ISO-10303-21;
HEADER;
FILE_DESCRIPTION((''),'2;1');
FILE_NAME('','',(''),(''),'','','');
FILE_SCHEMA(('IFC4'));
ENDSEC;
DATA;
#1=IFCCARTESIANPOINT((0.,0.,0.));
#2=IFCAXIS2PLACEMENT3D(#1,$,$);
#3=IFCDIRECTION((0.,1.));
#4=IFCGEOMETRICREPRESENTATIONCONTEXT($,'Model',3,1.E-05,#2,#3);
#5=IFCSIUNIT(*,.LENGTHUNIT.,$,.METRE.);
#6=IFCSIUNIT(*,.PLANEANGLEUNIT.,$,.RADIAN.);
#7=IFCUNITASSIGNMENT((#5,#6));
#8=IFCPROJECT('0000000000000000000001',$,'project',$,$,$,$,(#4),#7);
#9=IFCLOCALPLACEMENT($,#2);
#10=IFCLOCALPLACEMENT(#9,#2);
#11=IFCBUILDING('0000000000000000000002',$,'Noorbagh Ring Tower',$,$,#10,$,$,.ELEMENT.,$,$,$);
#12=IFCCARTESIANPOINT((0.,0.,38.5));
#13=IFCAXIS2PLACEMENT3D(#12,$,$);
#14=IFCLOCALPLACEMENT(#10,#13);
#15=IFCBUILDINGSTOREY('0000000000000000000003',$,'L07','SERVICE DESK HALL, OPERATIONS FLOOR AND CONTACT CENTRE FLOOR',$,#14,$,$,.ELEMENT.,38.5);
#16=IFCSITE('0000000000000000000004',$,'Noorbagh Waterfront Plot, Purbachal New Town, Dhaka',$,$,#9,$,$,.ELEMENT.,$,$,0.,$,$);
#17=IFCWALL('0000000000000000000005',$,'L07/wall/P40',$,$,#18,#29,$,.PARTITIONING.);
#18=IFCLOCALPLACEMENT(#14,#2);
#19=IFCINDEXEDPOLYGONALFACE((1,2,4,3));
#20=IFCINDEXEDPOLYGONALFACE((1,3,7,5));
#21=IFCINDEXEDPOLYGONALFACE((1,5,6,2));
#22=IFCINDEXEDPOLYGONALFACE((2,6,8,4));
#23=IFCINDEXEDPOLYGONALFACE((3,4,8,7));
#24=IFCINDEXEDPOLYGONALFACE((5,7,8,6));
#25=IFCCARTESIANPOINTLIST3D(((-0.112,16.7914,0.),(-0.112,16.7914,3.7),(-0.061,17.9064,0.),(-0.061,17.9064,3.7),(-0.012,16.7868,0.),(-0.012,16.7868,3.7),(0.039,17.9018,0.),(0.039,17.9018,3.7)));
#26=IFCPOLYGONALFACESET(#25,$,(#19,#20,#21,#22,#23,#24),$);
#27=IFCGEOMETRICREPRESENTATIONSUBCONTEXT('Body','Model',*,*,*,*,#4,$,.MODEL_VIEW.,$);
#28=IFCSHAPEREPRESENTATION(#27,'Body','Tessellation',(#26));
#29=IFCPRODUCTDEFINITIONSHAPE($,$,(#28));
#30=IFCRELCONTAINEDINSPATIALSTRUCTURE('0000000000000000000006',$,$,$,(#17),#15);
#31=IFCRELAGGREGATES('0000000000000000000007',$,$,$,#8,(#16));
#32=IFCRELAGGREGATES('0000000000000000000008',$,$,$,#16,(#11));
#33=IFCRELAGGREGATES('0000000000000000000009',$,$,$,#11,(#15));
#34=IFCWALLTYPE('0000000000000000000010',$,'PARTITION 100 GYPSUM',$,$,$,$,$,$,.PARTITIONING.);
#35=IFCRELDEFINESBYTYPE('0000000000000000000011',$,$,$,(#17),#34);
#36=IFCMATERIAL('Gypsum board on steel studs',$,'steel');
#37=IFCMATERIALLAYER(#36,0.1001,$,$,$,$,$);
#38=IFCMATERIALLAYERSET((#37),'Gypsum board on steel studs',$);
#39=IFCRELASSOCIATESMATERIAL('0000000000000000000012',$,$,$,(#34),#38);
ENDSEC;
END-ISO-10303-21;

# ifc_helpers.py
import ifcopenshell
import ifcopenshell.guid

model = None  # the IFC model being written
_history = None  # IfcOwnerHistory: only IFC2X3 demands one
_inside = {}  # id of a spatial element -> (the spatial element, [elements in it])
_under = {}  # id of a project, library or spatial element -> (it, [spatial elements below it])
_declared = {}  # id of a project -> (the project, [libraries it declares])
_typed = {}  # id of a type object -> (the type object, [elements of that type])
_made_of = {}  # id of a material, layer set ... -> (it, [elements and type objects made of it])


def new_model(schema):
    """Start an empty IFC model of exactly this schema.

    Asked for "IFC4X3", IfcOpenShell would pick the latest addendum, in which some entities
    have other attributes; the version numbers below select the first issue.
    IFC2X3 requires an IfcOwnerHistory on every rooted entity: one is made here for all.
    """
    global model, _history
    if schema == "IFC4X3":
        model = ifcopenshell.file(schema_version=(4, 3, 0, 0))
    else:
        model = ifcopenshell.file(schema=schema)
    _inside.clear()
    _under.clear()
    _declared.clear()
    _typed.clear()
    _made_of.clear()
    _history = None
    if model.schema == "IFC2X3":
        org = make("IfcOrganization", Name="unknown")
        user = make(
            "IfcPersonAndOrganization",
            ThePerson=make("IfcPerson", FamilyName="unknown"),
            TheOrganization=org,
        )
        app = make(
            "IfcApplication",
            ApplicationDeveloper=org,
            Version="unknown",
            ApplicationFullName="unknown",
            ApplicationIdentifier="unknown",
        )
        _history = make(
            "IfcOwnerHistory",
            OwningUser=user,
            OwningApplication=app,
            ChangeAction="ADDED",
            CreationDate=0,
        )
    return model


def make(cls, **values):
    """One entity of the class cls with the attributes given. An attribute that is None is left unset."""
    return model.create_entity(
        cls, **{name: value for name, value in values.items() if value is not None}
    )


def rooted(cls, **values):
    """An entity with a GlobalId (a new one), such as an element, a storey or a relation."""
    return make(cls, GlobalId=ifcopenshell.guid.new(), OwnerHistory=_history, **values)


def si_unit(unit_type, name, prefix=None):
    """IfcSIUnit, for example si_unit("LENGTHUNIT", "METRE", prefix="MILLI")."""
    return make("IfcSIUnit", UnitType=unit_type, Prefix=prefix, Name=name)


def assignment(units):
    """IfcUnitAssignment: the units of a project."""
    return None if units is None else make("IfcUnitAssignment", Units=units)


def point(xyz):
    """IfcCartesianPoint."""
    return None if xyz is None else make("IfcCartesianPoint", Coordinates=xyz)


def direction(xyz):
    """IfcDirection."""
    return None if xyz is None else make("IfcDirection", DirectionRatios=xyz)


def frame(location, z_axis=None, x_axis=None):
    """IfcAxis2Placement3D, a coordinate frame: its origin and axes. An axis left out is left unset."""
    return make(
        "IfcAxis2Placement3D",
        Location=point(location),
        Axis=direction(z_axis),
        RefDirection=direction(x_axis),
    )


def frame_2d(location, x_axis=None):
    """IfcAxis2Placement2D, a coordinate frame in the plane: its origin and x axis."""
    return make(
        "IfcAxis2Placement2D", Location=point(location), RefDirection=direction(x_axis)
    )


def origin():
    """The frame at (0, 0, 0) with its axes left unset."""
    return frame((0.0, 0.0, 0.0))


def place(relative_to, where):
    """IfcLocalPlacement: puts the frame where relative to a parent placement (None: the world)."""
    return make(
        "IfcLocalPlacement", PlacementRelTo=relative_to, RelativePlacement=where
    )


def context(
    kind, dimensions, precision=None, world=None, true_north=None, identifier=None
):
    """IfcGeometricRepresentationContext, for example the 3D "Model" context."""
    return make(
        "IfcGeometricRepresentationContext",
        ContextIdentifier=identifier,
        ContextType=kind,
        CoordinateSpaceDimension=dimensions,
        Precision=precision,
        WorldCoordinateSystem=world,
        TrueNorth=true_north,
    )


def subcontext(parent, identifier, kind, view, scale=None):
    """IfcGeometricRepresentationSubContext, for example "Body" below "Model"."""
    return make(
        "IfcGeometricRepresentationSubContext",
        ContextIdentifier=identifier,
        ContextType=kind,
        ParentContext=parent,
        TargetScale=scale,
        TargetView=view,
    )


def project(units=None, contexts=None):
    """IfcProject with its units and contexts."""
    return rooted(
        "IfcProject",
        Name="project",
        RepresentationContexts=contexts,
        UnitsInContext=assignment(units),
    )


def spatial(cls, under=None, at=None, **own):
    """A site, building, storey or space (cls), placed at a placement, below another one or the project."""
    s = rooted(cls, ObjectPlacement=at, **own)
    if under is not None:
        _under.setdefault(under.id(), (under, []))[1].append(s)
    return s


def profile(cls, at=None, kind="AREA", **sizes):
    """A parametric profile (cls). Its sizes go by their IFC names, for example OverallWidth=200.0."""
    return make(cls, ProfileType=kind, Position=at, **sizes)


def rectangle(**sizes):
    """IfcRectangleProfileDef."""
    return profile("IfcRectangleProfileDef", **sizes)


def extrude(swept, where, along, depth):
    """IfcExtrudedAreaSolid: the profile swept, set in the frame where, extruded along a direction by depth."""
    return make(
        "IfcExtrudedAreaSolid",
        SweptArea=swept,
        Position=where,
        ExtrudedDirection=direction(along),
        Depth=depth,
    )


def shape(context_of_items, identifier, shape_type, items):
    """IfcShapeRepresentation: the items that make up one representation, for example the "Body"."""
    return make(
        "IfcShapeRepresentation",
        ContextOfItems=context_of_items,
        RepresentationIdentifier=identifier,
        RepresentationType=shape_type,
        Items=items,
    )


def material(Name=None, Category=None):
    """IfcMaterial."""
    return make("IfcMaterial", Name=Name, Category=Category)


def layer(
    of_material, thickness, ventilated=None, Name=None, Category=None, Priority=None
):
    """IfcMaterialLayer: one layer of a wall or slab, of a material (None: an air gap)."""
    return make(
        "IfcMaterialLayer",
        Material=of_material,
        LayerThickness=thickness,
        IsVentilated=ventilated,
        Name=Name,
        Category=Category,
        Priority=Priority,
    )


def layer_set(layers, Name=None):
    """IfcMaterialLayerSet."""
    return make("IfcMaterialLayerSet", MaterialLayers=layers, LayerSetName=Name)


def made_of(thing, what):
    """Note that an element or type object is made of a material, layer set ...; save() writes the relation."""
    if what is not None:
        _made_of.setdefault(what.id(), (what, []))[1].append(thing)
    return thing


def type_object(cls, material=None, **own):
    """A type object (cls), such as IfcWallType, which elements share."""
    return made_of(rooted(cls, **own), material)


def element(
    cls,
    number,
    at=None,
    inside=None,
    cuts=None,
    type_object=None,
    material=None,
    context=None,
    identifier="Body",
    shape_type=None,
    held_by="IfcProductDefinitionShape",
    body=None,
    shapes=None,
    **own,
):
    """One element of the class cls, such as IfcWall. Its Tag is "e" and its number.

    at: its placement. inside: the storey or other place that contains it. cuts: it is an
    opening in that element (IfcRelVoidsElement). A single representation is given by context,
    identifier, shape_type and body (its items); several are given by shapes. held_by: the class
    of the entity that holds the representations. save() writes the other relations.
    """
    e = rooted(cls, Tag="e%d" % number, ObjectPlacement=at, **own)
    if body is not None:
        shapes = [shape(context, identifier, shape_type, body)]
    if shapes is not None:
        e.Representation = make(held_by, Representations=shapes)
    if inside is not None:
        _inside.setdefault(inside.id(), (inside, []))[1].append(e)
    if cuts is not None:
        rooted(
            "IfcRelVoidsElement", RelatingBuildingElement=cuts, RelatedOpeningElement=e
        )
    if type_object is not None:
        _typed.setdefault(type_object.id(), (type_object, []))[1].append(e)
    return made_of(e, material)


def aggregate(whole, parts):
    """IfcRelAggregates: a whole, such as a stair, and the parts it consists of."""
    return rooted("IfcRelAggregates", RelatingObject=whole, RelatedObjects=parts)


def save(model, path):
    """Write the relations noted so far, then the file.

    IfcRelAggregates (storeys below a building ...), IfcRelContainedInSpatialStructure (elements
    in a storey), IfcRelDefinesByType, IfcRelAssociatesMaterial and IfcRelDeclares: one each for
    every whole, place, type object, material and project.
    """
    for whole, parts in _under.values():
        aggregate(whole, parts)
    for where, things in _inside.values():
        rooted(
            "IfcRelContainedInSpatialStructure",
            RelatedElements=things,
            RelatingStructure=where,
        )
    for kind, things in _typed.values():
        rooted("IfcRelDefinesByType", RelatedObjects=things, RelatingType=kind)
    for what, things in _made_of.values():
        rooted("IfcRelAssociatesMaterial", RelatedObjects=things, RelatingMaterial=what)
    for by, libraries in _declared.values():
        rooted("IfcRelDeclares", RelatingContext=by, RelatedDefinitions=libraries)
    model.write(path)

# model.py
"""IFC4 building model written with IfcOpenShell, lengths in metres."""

from ifc_helpers import new_model, si_unit, direction, frame, frame_2d, origin, place, context, subcontext, project, spatial, rectangle, extrude, material, layer, layer_set, type_object, element, save


model = new_model("IFC4")

# Units and contexts
model_context = context("Model", 3, precision=1e-05, world=origin(), true_north=direction((0.0, 1.0)))
body_context = subcontext(model_context, "Body", "Model", "MODEL_VIEW")
ifc_project = project(units=[si_unit("LENGTHUNIT", "METRE"), si_unit("PLANEANGLEUNIT", "RADIAN")], contexts=[model_context])

# Site, building, storey
site_placement = place(None, origin())
site = spatial("IfcSite", under=ifc_project, at=site_placement, Name="Noorbagh Waterfront Plot, Purbachal New Town, Dhaka", CompositionType="ELEMENT", RefElevation=0.0)
building_placement = place(site_placement, origin())
building = spatial("IfcBuilding", under=site, at=building_placement, Name="Noorbagh Ring Tower", CompositionType="ELEMENT")
storey_placement = place(building_placement, frame((0.0, 0.0, 38.5)))
storey = spatial("IfcBuildingStorey", under=building, at=storey_placement, Name="L07", Description="SERVICE DESK HALL, OPERATIONS FLOOR AND CONTACT CENTRE FLOOR", CompositionType="ELEMENT", Elevation=38.5)

# Wall
ifc_material_1 = material(Name="Gypsum board on steel studs", Category="steel")
ifc_layer_1 = layer(ifc_material_1, 0.1001)
ifc_layer_set_1 = layer_set([ifc_layer_1], Name="Gypsum board on steel studs")
wall_type_1 = type_object("IfcWallType", Name="PARTITION 100 GYPSUM", PredefinedType="PARTITIONING", material=ifc_layer_set_1)
wall_1_placement = place(storey_placement, frame((-0.062, 16.7891, 0.0), z_axis=(0.0, 0.0, 1.0), x_axis=(0.045715, 0.998955, 0.0)))
element("IfcWall", 1, at=wall_1_placement, inside=storey, type_object=wall_type_1, Name="L07/wall/P40", PredefinedType="PARTITIONING", context=body_context, shape_type="SweptSolid", body=[
    extrude(rectangle(XDim=1.1162, YDim=0.1001, at=frame_2d((0.5581, 0.0))), origin(), (0.0, 0.0, 1.0), 3.7),
])

save(model, "model.ifc")
